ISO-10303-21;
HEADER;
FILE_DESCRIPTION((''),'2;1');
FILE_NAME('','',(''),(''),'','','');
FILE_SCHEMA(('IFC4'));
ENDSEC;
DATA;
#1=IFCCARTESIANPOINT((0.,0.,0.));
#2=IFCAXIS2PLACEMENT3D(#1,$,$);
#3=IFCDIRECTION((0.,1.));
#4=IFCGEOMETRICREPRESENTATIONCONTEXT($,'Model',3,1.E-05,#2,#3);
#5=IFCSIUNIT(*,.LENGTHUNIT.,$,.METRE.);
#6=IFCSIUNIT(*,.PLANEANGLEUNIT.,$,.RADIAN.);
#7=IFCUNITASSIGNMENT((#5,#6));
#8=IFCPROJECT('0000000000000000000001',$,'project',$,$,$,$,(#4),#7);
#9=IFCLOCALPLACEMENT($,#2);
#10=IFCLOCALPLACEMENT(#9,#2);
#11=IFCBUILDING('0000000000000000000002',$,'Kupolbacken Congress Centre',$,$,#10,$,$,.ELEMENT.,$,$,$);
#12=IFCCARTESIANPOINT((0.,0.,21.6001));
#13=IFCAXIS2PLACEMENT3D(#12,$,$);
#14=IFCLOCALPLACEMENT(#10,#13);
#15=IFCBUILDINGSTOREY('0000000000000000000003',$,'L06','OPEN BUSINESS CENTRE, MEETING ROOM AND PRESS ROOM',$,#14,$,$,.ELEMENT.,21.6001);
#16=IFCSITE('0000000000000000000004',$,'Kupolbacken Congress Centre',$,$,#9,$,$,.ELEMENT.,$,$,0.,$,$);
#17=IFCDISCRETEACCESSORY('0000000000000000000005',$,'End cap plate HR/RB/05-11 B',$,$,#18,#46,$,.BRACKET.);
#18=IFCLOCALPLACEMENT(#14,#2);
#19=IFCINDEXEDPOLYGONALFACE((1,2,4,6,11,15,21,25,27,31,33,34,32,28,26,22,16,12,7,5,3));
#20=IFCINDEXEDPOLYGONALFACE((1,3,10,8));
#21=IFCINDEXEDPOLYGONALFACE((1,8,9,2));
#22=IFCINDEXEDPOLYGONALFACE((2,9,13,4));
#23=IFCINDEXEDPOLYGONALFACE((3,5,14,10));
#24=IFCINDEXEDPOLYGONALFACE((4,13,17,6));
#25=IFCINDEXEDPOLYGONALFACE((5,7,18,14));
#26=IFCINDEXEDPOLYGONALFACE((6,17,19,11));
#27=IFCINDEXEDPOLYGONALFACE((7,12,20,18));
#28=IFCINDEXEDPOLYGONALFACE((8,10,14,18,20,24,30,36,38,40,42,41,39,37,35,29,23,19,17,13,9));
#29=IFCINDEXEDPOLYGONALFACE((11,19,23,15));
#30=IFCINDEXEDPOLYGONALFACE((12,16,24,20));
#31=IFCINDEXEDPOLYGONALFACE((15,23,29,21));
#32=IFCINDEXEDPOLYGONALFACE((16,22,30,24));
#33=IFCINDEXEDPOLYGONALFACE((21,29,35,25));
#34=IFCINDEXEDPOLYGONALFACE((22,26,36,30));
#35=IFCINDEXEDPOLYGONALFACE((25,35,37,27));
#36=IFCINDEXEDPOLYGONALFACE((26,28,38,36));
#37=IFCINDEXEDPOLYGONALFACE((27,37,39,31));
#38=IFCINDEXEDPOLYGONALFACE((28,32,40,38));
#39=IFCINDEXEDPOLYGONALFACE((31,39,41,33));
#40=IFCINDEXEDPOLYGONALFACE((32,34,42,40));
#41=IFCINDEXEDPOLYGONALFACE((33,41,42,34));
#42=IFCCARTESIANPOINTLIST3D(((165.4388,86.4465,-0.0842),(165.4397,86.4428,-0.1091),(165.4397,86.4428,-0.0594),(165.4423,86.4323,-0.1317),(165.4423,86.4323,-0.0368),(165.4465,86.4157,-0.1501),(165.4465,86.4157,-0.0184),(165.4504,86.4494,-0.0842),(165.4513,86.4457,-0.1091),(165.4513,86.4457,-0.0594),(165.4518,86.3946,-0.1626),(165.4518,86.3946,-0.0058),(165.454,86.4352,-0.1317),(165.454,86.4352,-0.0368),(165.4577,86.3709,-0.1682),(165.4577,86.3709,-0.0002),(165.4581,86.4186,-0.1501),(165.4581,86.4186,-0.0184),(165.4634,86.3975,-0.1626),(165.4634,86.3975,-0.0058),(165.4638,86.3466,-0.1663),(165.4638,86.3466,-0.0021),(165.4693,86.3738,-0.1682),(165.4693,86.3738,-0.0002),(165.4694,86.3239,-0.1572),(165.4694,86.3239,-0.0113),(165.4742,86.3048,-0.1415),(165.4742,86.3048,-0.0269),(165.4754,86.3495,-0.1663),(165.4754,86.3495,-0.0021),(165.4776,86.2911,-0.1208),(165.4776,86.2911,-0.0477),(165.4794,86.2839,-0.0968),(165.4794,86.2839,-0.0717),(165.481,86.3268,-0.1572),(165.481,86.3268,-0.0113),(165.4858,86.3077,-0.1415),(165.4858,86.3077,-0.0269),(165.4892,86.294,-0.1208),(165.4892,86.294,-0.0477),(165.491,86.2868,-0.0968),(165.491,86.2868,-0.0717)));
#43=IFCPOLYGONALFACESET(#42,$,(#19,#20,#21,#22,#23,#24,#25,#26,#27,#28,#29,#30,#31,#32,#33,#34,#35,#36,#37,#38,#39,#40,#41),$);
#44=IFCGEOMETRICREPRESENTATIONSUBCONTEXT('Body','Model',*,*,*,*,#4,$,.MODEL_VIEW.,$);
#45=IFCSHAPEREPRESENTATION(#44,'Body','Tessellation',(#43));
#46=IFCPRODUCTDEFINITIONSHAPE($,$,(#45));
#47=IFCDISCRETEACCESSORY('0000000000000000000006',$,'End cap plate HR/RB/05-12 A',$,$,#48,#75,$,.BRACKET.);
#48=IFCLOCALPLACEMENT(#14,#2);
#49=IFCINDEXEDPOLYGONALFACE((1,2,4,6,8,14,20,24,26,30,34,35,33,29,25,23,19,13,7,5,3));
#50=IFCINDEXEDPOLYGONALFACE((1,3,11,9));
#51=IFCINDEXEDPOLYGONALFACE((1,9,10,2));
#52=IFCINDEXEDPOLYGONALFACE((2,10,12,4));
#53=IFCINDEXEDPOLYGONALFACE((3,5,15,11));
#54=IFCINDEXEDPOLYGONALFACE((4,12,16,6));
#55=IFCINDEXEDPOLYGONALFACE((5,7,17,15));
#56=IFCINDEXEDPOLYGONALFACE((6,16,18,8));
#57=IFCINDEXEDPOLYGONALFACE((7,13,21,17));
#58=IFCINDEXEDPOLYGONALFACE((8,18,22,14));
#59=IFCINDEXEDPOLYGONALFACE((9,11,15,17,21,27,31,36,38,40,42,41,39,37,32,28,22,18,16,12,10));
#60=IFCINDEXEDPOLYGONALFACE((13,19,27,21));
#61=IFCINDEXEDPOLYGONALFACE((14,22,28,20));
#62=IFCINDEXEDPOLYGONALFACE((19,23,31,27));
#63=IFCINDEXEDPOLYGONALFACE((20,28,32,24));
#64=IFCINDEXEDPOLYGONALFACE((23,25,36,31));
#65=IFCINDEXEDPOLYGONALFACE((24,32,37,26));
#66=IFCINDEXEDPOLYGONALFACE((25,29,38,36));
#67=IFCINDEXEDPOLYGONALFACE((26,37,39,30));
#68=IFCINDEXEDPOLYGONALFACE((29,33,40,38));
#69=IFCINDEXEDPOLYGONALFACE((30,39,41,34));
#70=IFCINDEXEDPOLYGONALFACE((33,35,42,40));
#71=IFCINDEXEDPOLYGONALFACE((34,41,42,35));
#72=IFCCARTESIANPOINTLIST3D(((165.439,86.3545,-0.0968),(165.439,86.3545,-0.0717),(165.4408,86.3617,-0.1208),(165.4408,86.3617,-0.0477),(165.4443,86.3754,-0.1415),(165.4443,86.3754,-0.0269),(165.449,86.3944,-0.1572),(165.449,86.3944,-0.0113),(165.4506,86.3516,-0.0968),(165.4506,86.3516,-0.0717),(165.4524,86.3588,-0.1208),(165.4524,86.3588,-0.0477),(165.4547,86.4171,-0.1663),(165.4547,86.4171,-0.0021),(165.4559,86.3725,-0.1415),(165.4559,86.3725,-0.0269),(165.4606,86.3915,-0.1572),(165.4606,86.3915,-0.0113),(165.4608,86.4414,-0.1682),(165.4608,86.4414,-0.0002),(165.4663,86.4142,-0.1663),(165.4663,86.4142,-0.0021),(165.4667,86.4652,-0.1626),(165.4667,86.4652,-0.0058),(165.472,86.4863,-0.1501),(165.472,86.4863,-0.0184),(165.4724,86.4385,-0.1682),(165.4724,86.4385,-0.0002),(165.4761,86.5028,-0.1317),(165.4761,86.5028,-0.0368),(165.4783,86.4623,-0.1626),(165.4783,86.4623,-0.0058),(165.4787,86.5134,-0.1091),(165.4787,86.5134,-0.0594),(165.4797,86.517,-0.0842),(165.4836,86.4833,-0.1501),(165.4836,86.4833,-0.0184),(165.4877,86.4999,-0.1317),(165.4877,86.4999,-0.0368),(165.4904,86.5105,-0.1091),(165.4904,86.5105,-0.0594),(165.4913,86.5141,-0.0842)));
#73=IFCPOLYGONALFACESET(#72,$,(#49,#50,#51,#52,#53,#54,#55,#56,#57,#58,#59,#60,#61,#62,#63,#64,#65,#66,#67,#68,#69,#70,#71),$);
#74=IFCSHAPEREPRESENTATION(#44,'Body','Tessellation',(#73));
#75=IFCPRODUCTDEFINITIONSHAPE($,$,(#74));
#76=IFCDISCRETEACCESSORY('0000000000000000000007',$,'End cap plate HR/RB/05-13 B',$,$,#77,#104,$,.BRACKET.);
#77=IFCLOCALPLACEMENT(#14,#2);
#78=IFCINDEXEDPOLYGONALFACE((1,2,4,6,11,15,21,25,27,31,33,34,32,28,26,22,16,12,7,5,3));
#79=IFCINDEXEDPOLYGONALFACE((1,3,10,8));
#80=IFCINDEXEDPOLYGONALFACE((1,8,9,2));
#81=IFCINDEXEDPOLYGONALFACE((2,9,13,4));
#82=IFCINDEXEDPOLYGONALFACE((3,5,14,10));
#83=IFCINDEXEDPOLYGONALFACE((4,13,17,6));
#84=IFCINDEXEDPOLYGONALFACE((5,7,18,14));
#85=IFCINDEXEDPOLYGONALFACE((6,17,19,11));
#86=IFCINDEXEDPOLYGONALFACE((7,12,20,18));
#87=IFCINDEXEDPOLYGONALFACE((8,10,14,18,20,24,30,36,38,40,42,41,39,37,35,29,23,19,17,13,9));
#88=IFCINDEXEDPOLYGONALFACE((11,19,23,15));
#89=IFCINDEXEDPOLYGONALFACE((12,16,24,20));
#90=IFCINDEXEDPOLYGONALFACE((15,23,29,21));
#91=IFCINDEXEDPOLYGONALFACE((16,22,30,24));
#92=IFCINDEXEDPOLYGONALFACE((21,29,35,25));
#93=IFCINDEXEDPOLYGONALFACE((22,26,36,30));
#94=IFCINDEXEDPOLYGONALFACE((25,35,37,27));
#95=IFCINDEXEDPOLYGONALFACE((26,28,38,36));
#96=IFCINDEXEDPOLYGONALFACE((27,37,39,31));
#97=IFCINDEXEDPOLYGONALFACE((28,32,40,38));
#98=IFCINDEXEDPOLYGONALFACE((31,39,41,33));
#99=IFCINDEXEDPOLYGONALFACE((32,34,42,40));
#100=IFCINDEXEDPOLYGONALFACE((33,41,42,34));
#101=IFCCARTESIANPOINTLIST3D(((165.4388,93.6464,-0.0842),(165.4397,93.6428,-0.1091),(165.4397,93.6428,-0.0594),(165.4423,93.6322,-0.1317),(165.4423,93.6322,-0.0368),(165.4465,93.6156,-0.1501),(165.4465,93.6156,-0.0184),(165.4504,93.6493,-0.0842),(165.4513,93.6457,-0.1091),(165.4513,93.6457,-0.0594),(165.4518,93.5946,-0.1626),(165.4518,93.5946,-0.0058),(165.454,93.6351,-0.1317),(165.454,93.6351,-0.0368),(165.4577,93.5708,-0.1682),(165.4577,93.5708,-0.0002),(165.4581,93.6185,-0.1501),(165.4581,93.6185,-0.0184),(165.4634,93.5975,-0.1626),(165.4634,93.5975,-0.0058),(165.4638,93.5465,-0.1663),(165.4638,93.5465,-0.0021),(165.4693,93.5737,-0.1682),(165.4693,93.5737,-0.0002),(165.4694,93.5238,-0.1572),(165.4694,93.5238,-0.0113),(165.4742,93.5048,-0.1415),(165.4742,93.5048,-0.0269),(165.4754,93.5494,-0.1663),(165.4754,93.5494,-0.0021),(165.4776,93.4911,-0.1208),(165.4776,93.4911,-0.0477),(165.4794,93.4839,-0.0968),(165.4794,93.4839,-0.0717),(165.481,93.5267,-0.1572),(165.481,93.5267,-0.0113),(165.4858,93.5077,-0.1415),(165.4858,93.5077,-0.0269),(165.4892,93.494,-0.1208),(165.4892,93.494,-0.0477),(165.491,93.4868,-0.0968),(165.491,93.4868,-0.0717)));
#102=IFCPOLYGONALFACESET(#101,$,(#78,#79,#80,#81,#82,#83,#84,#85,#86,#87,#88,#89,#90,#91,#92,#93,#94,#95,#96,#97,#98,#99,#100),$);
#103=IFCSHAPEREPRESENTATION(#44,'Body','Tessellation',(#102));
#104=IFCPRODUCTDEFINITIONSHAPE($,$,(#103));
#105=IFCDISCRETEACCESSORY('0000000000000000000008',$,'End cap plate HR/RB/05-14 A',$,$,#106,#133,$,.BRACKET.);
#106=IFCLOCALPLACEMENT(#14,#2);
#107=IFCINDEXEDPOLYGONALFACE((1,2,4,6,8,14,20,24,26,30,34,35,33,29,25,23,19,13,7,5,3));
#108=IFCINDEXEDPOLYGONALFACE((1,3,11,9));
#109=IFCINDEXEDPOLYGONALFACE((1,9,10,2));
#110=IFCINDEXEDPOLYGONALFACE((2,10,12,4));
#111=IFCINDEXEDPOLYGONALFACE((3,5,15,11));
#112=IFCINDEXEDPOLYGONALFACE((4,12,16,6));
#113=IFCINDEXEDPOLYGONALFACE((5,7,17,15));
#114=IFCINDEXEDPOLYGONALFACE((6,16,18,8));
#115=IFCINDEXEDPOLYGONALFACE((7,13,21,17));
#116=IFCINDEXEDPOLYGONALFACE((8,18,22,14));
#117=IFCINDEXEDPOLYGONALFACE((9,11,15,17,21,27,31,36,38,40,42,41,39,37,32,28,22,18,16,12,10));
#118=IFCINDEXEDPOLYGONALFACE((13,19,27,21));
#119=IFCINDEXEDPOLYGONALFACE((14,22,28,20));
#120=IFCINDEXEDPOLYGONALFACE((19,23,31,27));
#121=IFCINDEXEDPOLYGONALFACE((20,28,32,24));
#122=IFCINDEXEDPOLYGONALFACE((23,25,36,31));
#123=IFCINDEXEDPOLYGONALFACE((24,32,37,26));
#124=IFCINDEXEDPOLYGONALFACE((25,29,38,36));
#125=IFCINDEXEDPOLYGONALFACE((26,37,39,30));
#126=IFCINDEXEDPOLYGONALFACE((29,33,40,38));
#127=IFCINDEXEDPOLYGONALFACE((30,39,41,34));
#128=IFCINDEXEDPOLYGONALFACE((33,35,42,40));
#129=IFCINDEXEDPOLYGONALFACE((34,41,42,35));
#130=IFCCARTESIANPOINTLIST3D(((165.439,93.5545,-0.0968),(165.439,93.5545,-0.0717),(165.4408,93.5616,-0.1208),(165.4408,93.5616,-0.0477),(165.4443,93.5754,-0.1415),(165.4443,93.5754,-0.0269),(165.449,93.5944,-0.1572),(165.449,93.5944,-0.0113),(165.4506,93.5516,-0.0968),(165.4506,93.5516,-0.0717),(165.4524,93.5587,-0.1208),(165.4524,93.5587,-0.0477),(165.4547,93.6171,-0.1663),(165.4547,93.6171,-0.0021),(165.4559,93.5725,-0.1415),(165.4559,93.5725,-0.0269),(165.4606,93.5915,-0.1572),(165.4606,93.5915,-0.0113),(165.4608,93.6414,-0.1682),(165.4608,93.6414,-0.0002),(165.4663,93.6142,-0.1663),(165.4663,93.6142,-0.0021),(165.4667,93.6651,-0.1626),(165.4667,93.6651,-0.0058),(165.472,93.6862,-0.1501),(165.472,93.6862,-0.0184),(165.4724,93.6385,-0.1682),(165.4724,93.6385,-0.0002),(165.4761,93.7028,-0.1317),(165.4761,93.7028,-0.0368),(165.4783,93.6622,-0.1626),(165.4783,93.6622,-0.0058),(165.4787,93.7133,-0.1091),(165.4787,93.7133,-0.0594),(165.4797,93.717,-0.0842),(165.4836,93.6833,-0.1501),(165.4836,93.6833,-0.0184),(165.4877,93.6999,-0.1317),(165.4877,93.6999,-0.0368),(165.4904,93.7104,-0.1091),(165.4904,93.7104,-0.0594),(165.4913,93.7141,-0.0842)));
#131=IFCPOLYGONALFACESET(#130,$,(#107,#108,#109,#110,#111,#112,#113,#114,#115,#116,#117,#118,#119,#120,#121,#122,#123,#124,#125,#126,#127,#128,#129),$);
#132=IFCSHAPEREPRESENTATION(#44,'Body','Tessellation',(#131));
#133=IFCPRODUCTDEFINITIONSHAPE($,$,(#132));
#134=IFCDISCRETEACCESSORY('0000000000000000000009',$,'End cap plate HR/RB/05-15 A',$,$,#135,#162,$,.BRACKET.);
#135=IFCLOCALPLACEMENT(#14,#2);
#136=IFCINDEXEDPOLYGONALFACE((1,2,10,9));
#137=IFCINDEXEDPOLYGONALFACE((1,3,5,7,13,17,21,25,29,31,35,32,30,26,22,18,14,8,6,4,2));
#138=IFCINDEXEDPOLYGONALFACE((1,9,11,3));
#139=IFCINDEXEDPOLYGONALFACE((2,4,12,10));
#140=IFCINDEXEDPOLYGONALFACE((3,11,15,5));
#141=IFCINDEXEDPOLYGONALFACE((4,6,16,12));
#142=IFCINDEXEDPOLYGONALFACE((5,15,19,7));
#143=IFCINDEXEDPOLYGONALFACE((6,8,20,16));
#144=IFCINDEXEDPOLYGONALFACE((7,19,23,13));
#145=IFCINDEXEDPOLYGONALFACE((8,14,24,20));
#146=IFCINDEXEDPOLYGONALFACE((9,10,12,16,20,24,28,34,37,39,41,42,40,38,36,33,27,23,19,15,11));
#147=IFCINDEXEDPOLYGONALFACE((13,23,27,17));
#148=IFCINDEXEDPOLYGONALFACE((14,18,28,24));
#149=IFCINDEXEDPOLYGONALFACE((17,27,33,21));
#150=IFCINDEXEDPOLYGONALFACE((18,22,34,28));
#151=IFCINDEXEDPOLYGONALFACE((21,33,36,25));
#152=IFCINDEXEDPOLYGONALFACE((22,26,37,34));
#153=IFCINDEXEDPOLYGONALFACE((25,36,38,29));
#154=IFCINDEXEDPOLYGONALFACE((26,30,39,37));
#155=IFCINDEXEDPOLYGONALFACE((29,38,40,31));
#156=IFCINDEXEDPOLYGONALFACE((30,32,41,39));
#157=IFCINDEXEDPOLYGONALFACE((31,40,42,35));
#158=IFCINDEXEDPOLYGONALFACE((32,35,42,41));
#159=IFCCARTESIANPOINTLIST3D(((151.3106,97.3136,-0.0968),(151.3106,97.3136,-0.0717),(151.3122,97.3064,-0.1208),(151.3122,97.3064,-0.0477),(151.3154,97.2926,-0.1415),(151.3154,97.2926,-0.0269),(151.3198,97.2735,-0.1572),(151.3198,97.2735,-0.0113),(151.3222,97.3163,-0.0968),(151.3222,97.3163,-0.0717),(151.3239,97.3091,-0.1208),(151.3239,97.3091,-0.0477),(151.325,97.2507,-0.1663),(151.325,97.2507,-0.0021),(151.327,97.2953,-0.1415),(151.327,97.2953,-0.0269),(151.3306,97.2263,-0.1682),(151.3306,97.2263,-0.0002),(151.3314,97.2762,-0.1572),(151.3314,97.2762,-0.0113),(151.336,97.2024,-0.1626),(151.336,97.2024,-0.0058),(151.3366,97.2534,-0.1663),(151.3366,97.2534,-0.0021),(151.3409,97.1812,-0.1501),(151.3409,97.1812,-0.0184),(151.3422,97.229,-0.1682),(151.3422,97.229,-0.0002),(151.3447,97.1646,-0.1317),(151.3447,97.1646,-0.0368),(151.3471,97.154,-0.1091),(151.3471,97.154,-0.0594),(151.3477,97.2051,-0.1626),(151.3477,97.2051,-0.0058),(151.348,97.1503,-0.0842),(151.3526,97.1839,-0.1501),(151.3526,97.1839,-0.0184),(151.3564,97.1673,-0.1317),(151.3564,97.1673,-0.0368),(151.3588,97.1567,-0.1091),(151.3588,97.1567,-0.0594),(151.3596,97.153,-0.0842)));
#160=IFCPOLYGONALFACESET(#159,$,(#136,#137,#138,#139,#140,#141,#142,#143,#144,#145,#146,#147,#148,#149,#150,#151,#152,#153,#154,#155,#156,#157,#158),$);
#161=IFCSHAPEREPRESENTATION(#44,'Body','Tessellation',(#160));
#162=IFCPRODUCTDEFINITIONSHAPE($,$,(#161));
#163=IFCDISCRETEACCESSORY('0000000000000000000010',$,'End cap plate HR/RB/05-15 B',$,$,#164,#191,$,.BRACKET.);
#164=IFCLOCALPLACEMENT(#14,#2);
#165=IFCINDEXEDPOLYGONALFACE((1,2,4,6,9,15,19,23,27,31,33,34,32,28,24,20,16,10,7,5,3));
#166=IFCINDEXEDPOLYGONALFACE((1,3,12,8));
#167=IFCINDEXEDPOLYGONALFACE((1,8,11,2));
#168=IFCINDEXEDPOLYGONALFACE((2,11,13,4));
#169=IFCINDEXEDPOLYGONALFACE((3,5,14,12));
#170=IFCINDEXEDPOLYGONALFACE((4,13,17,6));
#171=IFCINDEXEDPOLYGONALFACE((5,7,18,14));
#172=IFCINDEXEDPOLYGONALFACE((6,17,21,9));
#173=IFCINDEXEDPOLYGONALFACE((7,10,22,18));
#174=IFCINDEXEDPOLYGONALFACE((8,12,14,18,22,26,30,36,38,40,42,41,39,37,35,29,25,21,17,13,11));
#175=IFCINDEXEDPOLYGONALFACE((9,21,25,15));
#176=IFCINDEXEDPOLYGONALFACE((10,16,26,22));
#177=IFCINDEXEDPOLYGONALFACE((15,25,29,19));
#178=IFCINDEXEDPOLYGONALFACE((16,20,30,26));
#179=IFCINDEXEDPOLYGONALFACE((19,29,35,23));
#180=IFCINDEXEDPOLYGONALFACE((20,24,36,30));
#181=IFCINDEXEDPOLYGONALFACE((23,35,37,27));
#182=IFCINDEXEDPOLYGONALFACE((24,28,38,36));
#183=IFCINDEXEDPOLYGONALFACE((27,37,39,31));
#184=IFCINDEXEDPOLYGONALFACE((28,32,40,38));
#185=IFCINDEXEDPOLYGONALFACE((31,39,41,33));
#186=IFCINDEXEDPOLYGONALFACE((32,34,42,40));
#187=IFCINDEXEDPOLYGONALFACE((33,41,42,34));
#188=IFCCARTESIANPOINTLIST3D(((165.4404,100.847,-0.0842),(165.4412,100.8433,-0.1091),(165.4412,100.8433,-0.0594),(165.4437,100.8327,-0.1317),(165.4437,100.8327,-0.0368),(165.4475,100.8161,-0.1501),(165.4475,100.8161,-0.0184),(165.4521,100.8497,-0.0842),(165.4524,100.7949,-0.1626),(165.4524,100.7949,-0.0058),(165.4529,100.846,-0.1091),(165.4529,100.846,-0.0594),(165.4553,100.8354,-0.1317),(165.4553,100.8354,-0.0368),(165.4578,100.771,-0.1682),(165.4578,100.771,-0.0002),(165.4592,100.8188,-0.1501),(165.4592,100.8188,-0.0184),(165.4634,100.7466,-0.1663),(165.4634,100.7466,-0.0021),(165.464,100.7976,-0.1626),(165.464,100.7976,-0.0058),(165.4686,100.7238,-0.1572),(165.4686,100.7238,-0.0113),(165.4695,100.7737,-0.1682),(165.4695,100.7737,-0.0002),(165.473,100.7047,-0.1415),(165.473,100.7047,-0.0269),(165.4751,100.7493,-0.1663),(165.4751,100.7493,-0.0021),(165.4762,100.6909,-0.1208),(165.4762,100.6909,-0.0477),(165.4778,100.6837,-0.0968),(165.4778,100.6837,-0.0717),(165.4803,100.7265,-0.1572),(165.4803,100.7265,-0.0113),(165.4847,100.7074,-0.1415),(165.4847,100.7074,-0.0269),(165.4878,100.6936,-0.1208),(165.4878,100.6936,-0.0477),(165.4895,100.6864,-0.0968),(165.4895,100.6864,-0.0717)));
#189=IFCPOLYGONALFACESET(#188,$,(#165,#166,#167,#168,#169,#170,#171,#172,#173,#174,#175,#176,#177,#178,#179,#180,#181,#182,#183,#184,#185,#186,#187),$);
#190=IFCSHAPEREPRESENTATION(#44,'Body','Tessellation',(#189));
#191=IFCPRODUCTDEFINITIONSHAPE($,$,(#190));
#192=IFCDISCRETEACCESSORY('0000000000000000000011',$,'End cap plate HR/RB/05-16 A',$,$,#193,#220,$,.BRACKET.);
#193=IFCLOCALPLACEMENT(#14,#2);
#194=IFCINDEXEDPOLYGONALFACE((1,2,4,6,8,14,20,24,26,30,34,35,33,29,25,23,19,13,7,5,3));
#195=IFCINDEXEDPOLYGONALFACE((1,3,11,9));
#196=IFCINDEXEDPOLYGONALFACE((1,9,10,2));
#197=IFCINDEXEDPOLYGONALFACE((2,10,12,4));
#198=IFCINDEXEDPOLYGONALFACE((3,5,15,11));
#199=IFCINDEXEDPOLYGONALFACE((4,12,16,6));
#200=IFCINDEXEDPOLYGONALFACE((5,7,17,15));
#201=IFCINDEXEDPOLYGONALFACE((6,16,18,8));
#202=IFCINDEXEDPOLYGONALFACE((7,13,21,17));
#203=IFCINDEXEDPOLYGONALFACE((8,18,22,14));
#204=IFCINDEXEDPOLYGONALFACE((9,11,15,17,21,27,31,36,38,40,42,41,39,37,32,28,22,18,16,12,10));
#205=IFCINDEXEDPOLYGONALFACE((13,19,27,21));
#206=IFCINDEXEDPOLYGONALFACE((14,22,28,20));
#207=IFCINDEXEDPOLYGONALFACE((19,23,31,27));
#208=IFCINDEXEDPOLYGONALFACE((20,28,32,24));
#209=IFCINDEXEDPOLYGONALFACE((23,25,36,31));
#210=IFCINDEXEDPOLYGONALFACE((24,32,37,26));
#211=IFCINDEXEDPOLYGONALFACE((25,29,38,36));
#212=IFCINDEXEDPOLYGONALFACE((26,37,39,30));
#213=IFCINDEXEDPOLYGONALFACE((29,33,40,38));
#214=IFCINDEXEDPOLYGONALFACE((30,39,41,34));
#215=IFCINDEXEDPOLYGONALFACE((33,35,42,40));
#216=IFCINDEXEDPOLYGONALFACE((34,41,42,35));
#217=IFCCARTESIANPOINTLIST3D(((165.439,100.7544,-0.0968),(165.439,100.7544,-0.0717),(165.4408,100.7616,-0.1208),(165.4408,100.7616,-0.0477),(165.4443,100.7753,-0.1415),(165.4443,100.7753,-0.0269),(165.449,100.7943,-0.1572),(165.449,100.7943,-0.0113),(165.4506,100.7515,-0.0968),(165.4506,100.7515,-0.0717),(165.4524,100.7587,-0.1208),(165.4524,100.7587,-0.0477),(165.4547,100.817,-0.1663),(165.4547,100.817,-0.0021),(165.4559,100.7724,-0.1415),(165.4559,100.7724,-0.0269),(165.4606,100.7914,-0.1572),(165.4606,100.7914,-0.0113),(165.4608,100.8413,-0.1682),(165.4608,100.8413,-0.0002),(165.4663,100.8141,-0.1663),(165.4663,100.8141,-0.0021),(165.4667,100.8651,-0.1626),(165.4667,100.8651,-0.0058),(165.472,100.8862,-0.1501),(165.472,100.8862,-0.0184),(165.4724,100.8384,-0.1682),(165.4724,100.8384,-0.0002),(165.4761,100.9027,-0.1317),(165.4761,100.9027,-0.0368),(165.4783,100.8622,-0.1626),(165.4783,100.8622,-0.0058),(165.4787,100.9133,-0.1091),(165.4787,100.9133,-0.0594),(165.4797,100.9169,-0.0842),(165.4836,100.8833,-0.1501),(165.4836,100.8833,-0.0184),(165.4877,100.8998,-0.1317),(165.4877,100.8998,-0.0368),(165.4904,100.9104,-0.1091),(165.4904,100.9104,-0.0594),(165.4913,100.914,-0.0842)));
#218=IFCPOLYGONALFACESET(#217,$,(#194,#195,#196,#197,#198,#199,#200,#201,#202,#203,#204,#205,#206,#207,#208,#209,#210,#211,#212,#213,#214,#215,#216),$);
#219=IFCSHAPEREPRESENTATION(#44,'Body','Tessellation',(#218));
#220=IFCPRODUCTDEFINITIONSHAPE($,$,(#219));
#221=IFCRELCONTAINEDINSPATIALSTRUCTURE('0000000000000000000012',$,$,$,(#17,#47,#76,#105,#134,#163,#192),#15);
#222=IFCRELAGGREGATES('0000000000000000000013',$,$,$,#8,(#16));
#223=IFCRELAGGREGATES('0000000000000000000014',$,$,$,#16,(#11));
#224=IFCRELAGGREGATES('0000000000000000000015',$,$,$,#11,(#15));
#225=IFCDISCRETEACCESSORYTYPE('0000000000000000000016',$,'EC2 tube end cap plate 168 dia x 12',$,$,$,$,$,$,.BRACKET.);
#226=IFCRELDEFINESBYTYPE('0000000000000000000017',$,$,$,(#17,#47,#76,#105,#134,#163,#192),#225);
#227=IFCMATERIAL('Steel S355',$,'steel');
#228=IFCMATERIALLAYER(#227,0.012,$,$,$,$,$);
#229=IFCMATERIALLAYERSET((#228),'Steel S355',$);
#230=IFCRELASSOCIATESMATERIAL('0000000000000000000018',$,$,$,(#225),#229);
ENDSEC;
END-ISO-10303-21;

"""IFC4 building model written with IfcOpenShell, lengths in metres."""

from ifc_helpers import new_model, si_unit, direction, frame, origin, origin_2d, place, context, subcontext, project, spatial, circle, extrude, material, layer, layer_set, type_object, element, save


model = new_model("IFC4")

# Units and contexts
model_context = context("Model", 3, precision=1e-05, world=origin(), true_north=direction((0.0, 1.0)))
body_context = subcontext(model_context, "Body", "Model", "MODEL_VIEW")
ifc_project = project(units=[si_unit("LENGTHUNIT", "METRE"), si_unit("PLANEANGLEUNIT", "RADIAN")], contexts=[model_context])

# Site, building, storey
site_placement = place(None, origin())
site = spatial("IfcSite", under=ifc_project, at=site_placement, Name="Kupolbacken Congress Centre", CompositionType="ELEMENT", RefElevation=0.0)
building_placement = place(site_placement, origin())
building = spatial("IfcBuilding", under=site, at=building_placement, Name="Kupolbacken Congress Centre", CompositionType="ELEMENT")
storey_placement = place(building_placement, frame((0.0, 0.0, 21.6001)))
storey = spatial("IfcBuildingStorey", under=building, at=storey_placement, Name="L06", Description="OPEN BUSINESS CENTRE, MEETING ROOM AND PRESS ROOM", CompositionType="ELEMENT", Elevation=21.6001)

# Discrete accessories
ifc_material_1 = material(Name="Steel S355", Category="steel")
ifc_layer_1 = layer(ifc_material_1, 0.012)
ifc_layer_set_1 = layer_set([ifc_layer_1], Name="Steel S355")
discrete_accessory_type = type_object("IfcDiscreteAccessoryType", Name="EC2 tube end cap plate 168 dia x 12", PredefinedType="BRACKET", material=ifc_layer_set_1)
for number, where, z_axis, x_axis, name in (
    (1, (165.4592, 86.3647, -0.0842), (0.970143, 0.242536, 0.0), (-0.242536, 0.970143, 0.0), "End cap plate HR/RB/05-11 B"),
    (2, (165.4592, 86.4353, -0.0842), (0.970143, -0.242536, 0.0), (0.242536, 0.970143, 0.0), "End cap plate HR/RB/05-12 A"),
    (3, (165.4592, 93.5647, -0.0842), (0.970143, 0.242536, 0.0), (-0.242536, 0.970143, 0.0), "End cap plate HR/RB/05-13 B"),
    (4, (165.4592, 93.6353, -0.0842), (0.970143, -0.242536, 0.0), (0.242536, 0.970143, 0.0), "End cap plate HR/RB/05-14 A"),
    (5, (151.3408, 97.2351, -0.0842), (-0.974732, -0.223376, 0.0), (0.223376, -0.974732, 0.0), "End cap plate HR/RB/05-15 A"),
    (6, (165.4592, 100.7649, -0.0842), (0.974732, 0.223376, 0.0), (-0.223376, 0.974732, 0.0), "End cap plate HR/RB/05-15 B"),
    (7, (165.4592, 100.8352, -0.0842), (0.970143, -0.242536, 0.0), (0.242536, 0.970143, 0.0), "End cap plate HR/RB/05-16 A"),
):
    element("IfcDiscreteAccessory", number, at=place(storey_placement, frame(where, z_axis=z_axis, x_axis=x_axis)), inside=storey, type_object=discrete_accessory_type, Name=name, PredefinedType="BRACKET", context=body_context, shape_type="SweptSolid", body=[
        extrude(circle(Radius=0.0842, at=origin_2d()), origin(), (0.0, 0.0, 1.0), 0.012),
    ])

save(model, "model.ifc")
